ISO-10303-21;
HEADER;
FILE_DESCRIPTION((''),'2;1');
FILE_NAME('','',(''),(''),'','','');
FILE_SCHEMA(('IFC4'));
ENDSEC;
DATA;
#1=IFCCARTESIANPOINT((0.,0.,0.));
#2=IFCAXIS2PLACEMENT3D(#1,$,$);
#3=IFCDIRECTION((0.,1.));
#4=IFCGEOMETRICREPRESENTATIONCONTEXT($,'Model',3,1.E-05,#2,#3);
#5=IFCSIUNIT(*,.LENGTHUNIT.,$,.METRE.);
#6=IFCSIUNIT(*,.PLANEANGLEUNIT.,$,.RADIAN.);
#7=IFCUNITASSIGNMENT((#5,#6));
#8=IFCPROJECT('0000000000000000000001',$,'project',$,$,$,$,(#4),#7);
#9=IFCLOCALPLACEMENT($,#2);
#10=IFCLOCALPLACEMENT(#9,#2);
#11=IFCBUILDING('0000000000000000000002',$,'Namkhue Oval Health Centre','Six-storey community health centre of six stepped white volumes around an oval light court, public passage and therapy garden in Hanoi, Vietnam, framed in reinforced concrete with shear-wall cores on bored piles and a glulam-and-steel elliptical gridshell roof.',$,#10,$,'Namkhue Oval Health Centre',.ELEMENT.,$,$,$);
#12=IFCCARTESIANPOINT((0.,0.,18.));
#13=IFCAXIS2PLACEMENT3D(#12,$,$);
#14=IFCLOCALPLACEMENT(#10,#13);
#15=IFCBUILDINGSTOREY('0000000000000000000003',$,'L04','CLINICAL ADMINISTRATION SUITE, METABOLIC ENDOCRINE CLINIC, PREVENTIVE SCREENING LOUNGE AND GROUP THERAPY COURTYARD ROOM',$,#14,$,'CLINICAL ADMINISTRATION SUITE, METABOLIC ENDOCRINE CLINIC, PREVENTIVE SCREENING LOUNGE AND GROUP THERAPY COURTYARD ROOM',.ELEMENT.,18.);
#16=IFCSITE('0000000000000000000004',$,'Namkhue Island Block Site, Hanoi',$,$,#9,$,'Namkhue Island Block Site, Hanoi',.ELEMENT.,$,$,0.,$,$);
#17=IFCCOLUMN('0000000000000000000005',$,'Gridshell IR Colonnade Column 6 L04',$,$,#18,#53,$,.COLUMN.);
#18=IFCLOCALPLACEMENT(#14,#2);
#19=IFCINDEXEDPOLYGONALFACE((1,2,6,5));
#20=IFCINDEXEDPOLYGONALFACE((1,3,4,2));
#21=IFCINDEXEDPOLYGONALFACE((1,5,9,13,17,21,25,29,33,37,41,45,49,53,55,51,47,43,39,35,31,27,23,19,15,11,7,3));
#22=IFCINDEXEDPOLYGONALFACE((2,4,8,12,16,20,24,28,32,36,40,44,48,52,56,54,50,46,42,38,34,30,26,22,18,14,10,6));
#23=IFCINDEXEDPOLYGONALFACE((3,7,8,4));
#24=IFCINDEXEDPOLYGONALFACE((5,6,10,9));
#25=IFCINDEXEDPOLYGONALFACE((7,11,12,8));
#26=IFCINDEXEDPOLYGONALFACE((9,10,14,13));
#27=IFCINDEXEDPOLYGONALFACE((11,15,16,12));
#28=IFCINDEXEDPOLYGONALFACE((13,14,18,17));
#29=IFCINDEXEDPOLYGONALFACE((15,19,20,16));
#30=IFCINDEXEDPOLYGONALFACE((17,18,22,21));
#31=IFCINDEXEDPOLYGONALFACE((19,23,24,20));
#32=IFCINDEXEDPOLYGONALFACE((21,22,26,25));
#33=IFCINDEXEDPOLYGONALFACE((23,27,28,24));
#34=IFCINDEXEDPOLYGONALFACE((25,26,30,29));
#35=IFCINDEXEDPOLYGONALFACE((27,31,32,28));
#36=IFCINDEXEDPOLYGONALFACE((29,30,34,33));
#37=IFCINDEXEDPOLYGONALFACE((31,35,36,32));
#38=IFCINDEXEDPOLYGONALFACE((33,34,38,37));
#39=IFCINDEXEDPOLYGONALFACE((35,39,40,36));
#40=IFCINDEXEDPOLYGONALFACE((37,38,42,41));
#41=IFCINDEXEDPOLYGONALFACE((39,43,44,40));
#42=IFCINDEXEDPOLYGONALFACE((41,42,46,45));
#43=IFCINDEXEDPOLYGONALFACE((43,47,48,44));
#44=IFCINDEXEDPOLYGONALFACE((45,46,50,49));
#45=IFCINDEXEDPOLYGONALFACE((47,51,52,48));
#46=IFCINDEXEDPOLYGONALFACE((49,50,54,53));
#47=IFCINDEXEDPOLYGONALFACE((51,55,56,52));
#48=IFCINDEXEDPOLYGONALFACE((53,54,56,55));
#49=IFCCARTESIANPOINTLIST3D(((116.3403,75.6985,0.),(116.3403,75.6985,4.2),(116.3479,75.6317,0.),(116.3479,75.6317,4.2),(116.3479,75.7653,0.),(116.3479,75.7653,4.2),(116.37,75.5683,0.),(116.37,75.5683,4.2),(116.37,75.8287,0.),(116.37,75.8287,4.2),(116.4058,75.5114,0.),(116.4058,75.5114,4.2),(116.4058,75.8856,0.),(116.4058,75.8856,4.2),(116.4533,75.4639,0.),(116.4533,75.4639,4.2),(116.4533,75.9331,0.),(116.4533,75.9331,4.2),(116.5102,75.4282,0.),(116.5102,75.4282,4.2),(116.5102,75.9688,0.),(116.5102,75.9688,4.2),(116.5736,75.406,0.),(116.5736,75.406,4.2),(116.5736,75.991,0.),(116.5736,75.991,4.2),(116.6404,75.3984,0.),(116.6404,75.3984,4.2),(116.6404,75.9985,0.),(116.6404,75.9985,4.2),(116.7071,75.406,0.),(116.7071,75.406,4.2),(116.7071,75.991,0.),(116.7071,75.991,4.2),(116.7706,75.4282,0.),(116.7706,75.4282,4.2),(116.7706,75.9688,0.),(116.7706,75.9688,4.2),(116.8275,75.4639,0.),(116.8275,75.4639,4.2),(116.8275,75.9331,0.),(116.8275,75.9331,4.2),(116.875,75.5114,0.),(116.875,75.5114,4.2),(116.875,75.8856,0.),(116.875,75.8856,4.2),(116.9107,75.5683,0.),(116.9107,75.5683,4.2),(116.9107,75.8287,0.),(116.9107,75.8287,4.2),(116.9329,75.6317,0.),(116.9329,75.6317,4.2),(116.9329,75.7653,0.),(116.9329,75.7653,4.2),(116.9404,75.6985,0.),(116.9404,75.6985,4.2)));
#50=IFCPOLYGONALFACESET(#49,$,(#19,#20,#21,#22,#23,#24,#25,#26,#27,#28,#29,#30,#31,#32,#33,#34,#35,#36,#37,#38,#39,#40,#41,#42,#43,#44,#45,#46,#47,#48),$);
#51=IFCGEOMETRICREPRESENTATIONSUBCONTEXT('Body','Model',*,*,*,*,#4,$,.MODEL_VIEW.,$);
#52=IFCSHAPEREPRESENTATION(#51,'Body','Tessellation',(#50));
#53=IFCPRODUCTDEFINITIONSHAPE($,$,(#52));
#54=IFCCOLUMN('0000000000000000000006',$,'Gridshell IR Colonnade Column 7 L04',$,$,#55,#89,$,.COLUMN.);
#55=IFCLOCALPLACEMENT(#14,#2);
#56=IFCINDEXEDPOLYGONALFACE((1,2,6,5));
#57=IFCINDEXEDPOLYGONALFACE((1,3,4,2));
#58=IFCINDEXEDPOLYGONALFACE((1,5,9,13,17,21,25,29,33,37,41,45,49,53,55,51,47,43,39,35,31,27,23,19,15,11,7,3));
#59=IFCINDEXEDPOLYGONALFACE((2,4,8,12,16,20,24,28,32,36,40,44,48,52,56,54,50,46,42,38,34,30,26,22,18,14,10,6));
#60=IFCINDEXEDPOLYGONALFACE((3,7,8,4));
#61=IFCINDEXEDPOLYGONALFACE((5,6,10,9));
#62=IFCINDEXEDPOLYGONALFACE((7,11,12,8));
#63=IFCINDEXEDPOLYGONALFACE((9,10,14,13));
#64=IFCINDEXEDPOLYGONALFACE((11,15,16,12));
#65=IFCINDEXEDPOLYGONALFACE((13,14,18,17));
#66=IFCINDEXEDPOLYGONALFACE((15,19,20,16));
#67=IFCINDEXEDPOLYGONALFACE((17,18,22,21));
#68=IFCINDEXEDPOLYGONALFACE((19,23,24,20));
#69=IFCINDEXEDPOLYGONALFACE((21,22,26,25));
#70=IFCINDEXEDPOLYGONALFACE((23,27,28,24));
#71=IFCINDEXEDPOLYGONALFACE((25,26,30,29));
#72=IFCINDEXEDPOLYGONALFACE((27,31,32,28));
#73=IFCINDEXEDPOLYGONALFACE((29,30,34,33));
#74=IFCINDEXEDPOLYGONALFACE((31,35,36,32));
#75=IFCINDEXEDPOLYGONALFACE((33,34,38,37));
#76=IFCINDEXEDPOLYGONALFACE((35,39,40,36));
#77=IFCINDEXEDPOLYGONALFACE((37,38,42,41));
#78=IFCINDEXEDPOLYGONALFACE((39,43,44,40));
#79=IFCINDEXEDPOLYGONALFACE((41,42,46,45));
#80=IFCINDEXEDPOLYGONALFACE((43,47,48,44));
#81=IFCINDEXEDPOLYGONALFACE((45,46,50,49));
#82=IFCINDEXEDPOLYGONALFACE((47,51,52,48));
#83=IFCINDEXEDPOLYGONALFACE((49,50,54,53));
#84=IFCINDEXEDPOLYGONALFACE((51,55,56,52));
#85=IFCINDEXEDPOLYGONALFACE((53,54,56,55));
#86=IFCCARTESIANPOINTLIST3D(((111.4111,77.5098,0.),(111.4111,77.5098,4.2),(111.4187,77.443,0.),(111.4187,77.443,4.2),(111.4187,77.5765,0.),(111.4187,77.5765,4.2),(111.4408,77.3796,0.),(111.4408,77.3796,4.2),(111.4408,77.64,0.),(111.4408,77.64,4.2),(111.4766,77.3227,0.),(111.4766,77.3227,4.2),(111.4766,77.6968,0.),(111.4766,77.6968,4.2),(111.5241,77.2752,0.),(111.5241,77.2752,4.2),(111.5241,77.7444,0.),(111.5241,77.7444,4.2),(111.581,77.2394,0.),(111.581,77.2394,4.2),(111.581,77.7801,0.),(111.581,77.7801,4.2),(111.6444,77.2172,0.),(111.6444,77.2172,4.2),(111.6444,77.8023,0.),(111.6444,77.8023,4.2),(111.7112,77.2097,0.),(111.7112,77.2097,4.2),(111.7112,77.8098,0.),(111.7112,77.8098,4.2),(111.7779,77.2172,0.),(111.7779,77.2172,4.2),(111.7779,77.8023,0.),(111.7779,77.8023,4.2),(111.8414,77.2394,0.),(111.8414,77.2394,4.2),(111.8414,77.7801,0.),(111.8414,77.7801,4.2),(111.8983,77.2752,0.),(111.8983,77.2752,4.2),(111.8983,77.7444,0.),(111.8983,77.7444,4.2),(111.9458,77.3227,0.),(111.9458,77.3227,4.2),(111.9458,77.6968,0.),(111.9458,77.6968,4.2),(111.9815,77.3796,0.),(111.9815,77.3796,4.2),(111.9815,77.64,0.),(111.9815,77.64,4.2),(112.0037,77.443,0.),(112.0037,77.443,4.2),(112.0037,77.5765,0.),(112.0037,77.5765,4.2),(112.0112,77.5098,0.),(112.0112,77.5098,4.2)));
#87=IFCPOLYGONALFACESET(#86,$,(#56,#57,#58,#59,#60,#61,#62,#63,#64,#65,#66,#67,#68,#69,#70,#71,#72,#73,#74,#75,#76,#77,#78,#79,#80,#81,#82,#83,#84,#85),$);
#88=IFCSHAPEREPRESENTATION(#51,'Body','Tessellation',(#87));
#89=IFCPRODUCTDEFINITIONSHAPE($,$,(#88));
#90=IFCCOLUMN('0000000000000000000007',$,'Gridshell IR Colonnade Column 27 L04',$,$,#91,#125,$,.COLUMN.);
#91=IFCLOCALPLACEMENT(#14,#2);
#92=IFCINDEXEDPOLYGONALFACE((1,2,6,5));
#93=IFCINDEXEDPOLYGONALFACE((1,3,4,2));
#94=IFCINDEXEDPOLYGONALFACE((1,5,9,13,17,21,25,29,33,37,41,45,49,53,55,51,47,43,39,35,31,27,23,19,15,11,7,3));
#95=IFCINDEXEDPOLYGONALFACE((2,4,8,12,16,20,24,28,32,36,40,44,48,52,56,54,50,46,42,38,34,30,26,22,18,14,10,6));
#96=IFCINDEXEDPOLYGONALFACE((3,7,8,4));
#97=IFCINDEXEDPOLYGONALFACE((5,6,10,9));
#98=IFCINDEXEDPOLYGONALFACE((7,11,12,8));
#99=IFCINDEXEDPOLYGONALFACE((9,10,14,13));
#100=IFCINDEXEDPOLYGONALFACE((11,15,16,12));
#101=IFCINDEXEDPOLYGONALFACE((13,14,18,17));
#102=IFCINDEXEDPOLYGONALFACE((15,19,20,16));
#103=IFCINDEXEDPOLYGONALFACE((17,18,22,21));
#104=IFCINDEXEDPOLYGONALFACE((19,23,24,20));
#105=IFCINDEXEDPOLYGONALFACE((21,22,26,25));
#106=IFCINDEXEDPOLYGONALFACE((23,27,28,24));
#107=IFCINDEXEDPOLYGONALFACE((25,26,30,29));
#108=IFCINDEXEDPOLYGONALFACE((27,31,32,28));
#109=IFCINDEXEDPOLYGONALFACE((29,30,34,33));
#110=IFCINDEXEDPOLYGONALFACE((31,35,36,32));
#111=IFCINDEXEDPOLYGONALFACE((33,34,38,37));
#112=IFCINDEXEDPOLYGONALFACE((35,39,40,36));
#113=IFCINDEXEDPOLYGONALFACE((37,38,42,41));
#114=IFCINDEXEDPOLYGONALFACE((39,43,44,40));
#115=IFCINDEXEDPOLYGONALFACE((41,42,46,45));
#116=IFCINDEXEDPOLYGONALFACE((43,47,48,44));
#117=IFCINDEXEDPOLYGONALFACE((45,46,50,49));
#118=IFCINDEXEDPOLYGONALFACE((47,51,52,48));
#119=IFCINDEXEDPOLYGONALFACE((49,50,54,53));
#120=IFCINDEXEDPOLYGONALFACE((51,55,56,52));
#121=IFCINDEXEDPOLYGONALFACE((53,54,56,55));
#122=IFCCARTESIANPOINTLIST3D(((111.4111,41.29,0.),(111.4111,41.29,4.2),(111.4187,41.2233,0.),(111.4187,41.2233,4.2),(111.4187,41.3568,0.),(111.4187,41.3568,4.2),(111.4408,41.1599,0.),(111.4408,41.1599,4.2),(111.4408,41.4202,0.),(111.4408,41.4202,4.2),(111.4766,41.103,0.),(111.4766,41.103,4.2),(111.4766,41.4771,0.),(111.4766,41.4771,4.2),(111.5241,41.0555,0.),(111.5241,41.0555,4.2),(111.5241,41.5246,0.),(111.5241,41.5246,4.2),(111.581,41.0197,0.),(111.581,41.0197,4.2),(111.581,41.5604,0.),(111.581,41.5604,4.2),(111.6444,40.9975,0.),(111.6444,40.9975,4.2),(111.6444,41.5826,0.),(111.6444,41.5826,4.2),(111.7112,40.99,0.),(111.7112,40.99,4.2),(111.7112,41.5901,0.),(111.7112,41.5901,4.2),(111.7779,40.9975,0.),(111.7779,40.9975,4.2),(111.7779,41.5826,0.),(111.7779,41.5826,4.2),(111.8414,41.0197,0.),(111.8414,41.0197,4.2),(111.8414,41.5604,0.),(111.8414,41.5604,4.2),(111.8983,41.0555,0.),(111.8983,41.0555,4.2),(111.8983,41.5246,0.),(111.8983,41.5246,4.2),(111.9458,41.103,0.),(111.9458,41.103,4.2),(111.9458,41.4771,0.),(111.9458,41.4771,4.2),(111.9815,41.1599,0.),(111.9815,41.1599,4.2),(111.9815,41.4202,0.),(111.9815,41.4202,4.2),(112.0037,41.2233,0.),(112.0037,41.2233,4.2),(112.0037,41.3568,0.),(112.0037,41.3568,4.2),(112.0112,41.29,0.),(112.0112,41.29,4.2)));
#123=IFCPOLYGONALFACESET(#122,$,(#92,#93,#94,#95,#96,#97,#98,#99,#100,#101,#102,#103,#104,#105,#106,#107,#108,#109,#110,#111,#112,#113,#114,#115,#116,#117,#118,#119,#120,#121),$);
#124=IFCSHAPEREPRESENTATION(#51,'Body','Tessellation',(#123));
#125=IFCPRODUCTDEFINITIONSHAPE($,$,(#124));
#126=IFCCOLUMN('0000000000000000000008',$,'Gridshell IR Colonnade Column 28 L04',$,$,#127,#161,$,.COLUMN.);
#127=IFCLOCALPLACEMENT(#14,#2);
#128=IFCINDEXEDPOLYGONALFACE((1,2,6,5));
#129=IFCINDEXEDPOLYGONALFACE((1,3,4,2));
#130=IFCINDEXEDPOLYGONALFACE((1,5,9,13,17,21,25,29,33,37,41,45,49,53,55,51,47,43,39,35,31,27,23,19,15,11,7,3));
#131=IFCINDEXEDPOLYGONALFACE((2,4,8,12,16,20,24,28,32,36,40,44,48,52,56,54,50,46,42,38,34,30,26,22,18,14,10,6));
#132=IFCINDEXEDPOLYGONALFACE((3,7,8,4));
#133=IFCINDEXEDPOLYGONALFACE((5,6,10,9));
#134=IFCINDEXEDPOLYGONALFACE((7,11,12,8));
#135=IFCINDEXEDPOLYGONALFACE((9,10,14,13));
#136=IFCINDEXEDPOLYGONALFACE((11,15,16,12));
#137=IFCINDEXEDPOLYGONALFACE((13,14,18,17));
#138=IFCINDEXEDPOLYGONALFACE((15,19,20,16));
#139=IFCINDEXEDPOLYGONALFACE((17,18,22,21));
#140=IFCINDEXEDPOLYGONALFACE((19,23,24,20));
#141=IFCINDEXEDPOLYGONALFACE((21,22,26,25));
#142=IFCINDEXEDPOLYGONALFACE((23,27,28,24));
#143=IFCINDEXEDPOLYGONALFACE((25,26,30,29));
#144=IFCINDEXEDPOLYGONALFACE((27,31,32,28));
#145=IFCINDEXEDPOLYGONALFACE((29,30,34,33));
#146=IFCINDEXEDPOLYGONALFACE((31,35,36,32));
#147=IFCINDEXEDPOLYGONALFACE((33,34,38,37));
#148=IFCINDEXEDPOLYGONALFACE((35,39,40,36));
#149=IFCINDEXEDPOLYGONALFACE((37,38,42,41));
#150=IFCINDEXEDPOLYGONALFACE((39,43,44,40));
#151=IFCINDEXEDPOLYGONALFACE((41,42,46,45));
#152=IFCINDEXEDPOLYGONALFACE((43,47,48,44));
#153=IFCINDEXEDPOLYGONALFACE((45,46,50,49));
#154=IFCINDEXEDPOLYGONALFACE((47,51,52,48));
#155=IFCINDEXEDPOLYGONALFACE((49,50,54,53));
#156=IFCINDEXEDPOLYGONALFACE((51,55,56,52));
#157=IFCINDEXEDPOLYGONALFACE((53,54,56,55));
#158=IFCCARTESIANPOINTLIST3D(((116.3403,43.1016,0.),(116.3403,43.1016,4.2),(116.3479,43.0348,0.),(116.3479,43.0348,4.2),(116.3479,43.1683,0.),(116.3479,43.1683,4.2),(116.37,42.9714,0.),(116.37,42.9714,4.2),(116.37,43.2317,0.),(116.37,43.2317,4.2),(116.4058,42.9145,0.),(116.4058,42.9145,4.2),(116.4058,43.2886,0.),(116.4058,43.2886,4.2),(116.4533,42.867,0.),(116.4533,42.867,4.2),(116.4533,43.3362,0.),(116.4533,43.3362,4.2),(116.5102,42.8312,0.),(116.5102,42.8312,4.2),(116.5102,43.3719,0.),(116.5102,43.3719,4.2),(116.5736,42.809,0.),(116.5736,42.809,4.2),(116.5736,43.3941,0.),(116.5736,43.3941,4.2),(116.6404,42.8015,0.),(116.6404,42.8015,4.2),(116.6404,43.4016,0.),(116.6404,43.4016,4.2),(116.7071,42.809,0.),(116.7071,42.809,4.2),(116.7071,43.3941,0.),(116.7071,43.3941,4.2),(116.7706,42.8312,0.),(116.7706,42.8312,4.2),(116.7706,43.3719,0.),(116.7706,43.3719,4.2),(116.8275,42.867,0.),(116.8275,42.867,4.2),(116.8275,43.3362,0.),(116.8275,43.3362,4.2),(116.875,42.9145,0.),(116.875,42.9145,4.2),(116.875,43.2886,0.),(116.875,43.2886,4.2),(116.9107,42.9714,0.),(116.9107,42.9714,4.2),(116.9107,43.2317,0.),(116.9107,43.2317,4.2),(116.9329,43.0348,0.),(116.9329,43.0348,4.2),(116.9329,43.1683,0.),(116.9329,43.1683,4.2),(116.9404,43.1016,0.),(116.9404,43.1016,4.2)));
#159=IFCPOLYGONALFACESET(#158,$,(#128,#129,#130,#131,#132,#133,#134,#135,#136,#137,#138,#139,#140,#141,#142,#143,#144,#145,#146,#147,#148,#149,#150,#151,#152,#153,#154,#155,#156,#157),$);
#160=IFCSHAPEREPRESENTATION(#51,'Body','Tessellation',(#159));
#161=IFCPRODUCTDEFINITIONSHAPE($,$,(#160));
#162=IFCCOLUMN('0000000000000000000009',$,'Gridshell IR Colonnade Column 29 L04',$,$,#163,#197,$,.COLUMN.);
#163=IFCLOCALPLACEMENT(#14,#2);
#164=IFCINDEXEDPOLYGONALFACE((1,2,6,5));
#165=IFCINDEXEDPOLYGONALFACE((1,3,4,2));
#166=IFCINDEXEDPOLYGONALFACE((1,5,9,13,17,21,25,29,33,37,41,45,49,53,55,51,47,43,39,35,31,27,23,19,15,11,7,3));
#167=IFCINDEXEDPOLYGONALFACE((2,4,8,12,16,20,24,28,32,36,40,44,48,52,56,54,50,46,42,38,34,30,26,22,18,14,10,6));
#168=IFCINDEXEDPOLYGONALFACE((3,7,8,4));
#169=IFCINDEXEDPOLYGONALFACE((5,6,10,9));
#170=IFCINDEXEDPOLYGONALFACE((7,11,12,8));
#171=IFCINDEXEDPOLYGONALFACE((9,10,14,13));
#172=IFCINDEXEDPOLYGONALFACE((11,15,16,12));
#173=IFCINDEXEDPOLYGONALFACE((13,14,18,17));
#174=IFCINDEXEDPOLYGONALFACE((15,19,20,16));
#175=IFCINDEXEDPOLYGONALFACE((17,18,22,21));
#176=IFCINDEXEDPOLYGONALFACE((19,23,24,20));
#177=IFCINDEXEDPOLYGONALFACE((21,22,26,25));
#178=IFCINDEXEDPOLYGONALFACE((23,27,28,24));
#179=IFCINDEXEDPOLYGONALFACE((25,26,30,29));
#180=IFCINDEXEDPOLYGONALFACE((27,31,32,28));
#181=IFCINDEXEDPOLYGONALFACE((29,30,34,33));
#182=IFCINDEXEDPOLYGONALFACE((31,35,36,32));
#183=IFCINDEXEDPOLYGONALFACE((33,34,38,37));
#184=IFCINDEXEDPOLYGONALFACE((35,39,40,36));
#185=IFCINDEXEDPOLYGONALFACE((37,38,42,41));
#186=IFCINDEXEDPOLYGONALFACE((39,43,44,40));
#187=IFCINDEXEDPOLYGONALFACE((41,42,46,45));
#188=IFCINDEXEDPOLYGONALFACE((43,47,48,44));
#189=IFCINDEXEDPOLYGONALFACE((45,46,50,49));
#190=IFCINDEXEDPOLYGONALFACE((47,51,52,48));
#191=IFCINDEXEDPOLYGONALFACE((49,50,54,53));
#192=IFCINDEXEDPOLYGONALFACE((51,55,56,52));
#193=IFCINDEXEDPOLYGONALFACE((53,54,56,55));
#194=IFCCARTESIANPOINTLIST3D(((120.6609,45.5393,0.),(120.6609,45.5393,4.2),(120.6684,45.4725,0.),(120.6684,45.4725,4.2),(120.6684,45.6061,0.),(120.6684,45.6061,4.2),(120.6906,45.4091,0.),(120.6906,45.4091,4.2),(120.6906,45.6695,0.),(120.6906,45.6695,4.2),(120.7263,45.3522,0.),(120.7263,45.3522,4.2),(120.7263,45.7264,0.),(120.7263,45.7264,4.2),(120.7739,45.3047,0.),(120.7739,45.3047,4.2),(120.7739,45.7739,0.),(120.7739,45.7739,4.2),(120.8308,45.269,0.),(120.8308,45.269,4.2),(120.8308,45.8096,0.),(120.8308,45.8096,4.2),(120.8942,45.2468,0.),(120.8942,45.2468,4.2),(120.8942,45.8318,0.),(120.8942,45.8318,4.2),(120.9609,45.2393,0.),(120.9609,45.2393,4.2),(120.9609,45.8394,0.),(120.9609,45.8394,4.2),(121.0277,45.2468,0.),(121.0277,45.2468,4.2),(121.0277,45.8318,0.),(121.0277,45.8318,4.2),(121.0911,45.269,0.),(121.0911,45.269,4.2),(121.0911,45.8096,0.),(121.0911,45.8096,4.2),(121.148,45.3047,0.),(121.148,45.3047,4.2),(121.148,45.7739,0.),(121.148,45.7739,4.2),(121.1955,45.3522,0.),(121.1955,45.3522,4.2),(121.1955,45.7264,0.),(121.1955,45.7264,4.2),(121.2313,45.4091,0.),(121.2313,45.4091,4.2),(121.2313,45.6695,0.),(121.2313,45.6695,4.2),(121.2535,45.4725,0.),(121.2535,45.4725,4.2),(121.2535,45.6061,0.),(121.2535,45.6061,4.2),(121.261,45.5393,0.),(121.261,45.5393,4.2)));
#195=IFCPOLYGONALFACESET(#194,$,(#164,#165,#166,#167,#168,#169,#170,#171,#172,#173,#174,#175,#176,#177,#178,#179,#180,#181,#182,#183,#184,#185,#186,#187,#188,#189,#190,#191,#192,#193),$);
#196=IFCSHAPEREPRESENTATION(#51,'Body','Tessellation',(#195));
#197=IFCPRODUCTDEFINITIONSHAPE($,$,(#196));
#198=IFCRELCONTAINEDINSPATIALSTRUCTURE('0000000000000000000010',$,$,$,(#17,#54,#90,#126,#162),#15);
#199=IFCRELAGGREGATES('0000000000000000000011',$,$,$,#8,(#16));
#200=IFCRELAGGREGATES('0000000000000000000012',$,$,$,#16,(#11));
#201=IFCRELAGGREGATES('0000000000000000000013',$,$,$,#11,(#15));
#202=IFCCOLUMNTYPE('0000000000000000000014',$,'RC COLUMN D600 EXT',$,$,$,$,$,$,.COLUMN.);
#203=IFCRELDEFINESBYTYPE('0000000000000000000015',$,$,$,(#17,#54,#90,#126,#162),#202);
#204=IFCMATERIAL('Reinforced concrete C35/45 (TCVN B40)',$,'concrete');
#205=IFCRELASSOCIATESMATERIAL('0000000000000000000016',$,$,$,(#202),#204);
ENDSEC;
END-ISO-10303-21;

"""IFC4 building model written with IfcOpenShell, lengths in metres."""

from ifc_helpers import new_model, si_unit, direction, frame, origin, origin_2d, place, context, subcontext, project, spatial, circle, extrude, material, material_profile, profile_set, type_object, element, save


model = new_model("IFC4")

# Units and contexts
model_context = context("Model", 3, precision=1e-05, world=origin(), true_north=direction((0.0, 1.0)))
body_context = subcontext(model_context, "Body", "Model", "MODEL_VIEW")
ifc_project = project(units=[si_unit("LENGTHUNIT", "METRE"), si_unit("PLANEANGLEUNIT", "RADIAN")], contexts=[model_context])

# Site, building, storey
site_placement = place(None, origin())
site = spatial("IfcSite", under=ifc_project, at=site_placement, Name="Namkhue Island Block Site, Hanoi", LongName="Namkhue Island Block Site, Hanoi", CompositionType="ELEMENT", RefElevation=0.0)
building_placement = place(site_placement, origin())
building = spatial("IfcBuilding", under=site, at=building_placement, Name="Namkhue Oval Health Centre", Description="Six-storey community health centre of six stepped white volumes around an oval light court, public passage and therapy garden in Hanoi, Vietnam, framed in reinforced concrete with shear-wall cores on bored piles and a glulam-and-steel elliptical gridshell roof.", LongName="Namkhue Oval Health Centre", CompositionType="ELEMENT")
storey_placement = place(building_placement, frame((0.0, 0.0, 18.0)))
storey = spatial("IfcBuildingStorey", under=building, at=storey_placement, Name="L04", Description="CLINICAL ADMINISTRATION SUITE, METABOLIC ENDOCRINE CLINIC, PREVENTIVE SCREENING LOUNGE AND GROUP THERAPY COURTYARD ROOM", LongName="CLINICAL ADMINISTRATION SUITE, METABOLIC ENDOCRINE CLINIC, PREVENTIVE SCREENING LOUNGE AND GROUP THERAPY COURTYARD ROOM", CompositionType="ELEMENT", Elevation=18.0)

# Columns
ifc_material_1 = material(Name="Reinforced concrete C35/45 (TCVN B40)", Category="concrete")
ifc_material_profile_1 = material_profile(ifc_material_1, circle(Radius=0.3, at=origin_2d()), Name="RC D600")
ifc_profile_set_1 = profile_set([ifc_material_profile_1], Name="Reinforced concrete C35/45 (TCVN B40)")
column_type_1 = type_object("IfcColumnType", Name="RC COLUMN D600 EXT", PredefinedType="COLUMN", material=ifc_profile_set_1)
for number, where, z_axis, x_axis, name in (
    (1, (116.6404, 75.6985, 0.0), (0.0, 0.0, 1.0), (1.0, 0.0, 0.0), "Gridshell IR Colonnade Column 6 L04"),
    (2, (111.7112, 77.5098, 0.0), (0.0, 0.0, 1.0), (1.0, 0.0, 0.0), "Gridshell IR Colonnade Column 7 L04"),
    (3, (111.7112, 41.29, 0.0), (0.0, 0.0, 1.0), (1.0, 0.0, 0.0), "Gridshell IR Colonnade Column 27 L04"),
    (4, (116.6404, 43.1016, 0.0), (0.0, 0.0, 1.0), (1.0, 0.0, 0.0), "Gridshell IR Colonnade Column 28 L04"),
    (5, (120.9609, 45.5393, 0.0), (0.0, 0.0, 1.0), (1.0, 0.0, 0.0), "Gridshell IR Colonnade Column 29 L04"),
):
    element("IfcColumn", number, at=place(storey_placement, frame(where, z_axis=z_axis, x_axis=x_axis)), inside=storey, type_object=column_type_1, Name=name, PredefinedType="COLUMN", context=body_context, shape_type="SweptSolid", body=[
        extrude(circle(Radius=0.3, at=origin_2d()), origin(), (0.0, 0.0, 1.0), 4.2),
    ])

save(model, "model.ifc")
